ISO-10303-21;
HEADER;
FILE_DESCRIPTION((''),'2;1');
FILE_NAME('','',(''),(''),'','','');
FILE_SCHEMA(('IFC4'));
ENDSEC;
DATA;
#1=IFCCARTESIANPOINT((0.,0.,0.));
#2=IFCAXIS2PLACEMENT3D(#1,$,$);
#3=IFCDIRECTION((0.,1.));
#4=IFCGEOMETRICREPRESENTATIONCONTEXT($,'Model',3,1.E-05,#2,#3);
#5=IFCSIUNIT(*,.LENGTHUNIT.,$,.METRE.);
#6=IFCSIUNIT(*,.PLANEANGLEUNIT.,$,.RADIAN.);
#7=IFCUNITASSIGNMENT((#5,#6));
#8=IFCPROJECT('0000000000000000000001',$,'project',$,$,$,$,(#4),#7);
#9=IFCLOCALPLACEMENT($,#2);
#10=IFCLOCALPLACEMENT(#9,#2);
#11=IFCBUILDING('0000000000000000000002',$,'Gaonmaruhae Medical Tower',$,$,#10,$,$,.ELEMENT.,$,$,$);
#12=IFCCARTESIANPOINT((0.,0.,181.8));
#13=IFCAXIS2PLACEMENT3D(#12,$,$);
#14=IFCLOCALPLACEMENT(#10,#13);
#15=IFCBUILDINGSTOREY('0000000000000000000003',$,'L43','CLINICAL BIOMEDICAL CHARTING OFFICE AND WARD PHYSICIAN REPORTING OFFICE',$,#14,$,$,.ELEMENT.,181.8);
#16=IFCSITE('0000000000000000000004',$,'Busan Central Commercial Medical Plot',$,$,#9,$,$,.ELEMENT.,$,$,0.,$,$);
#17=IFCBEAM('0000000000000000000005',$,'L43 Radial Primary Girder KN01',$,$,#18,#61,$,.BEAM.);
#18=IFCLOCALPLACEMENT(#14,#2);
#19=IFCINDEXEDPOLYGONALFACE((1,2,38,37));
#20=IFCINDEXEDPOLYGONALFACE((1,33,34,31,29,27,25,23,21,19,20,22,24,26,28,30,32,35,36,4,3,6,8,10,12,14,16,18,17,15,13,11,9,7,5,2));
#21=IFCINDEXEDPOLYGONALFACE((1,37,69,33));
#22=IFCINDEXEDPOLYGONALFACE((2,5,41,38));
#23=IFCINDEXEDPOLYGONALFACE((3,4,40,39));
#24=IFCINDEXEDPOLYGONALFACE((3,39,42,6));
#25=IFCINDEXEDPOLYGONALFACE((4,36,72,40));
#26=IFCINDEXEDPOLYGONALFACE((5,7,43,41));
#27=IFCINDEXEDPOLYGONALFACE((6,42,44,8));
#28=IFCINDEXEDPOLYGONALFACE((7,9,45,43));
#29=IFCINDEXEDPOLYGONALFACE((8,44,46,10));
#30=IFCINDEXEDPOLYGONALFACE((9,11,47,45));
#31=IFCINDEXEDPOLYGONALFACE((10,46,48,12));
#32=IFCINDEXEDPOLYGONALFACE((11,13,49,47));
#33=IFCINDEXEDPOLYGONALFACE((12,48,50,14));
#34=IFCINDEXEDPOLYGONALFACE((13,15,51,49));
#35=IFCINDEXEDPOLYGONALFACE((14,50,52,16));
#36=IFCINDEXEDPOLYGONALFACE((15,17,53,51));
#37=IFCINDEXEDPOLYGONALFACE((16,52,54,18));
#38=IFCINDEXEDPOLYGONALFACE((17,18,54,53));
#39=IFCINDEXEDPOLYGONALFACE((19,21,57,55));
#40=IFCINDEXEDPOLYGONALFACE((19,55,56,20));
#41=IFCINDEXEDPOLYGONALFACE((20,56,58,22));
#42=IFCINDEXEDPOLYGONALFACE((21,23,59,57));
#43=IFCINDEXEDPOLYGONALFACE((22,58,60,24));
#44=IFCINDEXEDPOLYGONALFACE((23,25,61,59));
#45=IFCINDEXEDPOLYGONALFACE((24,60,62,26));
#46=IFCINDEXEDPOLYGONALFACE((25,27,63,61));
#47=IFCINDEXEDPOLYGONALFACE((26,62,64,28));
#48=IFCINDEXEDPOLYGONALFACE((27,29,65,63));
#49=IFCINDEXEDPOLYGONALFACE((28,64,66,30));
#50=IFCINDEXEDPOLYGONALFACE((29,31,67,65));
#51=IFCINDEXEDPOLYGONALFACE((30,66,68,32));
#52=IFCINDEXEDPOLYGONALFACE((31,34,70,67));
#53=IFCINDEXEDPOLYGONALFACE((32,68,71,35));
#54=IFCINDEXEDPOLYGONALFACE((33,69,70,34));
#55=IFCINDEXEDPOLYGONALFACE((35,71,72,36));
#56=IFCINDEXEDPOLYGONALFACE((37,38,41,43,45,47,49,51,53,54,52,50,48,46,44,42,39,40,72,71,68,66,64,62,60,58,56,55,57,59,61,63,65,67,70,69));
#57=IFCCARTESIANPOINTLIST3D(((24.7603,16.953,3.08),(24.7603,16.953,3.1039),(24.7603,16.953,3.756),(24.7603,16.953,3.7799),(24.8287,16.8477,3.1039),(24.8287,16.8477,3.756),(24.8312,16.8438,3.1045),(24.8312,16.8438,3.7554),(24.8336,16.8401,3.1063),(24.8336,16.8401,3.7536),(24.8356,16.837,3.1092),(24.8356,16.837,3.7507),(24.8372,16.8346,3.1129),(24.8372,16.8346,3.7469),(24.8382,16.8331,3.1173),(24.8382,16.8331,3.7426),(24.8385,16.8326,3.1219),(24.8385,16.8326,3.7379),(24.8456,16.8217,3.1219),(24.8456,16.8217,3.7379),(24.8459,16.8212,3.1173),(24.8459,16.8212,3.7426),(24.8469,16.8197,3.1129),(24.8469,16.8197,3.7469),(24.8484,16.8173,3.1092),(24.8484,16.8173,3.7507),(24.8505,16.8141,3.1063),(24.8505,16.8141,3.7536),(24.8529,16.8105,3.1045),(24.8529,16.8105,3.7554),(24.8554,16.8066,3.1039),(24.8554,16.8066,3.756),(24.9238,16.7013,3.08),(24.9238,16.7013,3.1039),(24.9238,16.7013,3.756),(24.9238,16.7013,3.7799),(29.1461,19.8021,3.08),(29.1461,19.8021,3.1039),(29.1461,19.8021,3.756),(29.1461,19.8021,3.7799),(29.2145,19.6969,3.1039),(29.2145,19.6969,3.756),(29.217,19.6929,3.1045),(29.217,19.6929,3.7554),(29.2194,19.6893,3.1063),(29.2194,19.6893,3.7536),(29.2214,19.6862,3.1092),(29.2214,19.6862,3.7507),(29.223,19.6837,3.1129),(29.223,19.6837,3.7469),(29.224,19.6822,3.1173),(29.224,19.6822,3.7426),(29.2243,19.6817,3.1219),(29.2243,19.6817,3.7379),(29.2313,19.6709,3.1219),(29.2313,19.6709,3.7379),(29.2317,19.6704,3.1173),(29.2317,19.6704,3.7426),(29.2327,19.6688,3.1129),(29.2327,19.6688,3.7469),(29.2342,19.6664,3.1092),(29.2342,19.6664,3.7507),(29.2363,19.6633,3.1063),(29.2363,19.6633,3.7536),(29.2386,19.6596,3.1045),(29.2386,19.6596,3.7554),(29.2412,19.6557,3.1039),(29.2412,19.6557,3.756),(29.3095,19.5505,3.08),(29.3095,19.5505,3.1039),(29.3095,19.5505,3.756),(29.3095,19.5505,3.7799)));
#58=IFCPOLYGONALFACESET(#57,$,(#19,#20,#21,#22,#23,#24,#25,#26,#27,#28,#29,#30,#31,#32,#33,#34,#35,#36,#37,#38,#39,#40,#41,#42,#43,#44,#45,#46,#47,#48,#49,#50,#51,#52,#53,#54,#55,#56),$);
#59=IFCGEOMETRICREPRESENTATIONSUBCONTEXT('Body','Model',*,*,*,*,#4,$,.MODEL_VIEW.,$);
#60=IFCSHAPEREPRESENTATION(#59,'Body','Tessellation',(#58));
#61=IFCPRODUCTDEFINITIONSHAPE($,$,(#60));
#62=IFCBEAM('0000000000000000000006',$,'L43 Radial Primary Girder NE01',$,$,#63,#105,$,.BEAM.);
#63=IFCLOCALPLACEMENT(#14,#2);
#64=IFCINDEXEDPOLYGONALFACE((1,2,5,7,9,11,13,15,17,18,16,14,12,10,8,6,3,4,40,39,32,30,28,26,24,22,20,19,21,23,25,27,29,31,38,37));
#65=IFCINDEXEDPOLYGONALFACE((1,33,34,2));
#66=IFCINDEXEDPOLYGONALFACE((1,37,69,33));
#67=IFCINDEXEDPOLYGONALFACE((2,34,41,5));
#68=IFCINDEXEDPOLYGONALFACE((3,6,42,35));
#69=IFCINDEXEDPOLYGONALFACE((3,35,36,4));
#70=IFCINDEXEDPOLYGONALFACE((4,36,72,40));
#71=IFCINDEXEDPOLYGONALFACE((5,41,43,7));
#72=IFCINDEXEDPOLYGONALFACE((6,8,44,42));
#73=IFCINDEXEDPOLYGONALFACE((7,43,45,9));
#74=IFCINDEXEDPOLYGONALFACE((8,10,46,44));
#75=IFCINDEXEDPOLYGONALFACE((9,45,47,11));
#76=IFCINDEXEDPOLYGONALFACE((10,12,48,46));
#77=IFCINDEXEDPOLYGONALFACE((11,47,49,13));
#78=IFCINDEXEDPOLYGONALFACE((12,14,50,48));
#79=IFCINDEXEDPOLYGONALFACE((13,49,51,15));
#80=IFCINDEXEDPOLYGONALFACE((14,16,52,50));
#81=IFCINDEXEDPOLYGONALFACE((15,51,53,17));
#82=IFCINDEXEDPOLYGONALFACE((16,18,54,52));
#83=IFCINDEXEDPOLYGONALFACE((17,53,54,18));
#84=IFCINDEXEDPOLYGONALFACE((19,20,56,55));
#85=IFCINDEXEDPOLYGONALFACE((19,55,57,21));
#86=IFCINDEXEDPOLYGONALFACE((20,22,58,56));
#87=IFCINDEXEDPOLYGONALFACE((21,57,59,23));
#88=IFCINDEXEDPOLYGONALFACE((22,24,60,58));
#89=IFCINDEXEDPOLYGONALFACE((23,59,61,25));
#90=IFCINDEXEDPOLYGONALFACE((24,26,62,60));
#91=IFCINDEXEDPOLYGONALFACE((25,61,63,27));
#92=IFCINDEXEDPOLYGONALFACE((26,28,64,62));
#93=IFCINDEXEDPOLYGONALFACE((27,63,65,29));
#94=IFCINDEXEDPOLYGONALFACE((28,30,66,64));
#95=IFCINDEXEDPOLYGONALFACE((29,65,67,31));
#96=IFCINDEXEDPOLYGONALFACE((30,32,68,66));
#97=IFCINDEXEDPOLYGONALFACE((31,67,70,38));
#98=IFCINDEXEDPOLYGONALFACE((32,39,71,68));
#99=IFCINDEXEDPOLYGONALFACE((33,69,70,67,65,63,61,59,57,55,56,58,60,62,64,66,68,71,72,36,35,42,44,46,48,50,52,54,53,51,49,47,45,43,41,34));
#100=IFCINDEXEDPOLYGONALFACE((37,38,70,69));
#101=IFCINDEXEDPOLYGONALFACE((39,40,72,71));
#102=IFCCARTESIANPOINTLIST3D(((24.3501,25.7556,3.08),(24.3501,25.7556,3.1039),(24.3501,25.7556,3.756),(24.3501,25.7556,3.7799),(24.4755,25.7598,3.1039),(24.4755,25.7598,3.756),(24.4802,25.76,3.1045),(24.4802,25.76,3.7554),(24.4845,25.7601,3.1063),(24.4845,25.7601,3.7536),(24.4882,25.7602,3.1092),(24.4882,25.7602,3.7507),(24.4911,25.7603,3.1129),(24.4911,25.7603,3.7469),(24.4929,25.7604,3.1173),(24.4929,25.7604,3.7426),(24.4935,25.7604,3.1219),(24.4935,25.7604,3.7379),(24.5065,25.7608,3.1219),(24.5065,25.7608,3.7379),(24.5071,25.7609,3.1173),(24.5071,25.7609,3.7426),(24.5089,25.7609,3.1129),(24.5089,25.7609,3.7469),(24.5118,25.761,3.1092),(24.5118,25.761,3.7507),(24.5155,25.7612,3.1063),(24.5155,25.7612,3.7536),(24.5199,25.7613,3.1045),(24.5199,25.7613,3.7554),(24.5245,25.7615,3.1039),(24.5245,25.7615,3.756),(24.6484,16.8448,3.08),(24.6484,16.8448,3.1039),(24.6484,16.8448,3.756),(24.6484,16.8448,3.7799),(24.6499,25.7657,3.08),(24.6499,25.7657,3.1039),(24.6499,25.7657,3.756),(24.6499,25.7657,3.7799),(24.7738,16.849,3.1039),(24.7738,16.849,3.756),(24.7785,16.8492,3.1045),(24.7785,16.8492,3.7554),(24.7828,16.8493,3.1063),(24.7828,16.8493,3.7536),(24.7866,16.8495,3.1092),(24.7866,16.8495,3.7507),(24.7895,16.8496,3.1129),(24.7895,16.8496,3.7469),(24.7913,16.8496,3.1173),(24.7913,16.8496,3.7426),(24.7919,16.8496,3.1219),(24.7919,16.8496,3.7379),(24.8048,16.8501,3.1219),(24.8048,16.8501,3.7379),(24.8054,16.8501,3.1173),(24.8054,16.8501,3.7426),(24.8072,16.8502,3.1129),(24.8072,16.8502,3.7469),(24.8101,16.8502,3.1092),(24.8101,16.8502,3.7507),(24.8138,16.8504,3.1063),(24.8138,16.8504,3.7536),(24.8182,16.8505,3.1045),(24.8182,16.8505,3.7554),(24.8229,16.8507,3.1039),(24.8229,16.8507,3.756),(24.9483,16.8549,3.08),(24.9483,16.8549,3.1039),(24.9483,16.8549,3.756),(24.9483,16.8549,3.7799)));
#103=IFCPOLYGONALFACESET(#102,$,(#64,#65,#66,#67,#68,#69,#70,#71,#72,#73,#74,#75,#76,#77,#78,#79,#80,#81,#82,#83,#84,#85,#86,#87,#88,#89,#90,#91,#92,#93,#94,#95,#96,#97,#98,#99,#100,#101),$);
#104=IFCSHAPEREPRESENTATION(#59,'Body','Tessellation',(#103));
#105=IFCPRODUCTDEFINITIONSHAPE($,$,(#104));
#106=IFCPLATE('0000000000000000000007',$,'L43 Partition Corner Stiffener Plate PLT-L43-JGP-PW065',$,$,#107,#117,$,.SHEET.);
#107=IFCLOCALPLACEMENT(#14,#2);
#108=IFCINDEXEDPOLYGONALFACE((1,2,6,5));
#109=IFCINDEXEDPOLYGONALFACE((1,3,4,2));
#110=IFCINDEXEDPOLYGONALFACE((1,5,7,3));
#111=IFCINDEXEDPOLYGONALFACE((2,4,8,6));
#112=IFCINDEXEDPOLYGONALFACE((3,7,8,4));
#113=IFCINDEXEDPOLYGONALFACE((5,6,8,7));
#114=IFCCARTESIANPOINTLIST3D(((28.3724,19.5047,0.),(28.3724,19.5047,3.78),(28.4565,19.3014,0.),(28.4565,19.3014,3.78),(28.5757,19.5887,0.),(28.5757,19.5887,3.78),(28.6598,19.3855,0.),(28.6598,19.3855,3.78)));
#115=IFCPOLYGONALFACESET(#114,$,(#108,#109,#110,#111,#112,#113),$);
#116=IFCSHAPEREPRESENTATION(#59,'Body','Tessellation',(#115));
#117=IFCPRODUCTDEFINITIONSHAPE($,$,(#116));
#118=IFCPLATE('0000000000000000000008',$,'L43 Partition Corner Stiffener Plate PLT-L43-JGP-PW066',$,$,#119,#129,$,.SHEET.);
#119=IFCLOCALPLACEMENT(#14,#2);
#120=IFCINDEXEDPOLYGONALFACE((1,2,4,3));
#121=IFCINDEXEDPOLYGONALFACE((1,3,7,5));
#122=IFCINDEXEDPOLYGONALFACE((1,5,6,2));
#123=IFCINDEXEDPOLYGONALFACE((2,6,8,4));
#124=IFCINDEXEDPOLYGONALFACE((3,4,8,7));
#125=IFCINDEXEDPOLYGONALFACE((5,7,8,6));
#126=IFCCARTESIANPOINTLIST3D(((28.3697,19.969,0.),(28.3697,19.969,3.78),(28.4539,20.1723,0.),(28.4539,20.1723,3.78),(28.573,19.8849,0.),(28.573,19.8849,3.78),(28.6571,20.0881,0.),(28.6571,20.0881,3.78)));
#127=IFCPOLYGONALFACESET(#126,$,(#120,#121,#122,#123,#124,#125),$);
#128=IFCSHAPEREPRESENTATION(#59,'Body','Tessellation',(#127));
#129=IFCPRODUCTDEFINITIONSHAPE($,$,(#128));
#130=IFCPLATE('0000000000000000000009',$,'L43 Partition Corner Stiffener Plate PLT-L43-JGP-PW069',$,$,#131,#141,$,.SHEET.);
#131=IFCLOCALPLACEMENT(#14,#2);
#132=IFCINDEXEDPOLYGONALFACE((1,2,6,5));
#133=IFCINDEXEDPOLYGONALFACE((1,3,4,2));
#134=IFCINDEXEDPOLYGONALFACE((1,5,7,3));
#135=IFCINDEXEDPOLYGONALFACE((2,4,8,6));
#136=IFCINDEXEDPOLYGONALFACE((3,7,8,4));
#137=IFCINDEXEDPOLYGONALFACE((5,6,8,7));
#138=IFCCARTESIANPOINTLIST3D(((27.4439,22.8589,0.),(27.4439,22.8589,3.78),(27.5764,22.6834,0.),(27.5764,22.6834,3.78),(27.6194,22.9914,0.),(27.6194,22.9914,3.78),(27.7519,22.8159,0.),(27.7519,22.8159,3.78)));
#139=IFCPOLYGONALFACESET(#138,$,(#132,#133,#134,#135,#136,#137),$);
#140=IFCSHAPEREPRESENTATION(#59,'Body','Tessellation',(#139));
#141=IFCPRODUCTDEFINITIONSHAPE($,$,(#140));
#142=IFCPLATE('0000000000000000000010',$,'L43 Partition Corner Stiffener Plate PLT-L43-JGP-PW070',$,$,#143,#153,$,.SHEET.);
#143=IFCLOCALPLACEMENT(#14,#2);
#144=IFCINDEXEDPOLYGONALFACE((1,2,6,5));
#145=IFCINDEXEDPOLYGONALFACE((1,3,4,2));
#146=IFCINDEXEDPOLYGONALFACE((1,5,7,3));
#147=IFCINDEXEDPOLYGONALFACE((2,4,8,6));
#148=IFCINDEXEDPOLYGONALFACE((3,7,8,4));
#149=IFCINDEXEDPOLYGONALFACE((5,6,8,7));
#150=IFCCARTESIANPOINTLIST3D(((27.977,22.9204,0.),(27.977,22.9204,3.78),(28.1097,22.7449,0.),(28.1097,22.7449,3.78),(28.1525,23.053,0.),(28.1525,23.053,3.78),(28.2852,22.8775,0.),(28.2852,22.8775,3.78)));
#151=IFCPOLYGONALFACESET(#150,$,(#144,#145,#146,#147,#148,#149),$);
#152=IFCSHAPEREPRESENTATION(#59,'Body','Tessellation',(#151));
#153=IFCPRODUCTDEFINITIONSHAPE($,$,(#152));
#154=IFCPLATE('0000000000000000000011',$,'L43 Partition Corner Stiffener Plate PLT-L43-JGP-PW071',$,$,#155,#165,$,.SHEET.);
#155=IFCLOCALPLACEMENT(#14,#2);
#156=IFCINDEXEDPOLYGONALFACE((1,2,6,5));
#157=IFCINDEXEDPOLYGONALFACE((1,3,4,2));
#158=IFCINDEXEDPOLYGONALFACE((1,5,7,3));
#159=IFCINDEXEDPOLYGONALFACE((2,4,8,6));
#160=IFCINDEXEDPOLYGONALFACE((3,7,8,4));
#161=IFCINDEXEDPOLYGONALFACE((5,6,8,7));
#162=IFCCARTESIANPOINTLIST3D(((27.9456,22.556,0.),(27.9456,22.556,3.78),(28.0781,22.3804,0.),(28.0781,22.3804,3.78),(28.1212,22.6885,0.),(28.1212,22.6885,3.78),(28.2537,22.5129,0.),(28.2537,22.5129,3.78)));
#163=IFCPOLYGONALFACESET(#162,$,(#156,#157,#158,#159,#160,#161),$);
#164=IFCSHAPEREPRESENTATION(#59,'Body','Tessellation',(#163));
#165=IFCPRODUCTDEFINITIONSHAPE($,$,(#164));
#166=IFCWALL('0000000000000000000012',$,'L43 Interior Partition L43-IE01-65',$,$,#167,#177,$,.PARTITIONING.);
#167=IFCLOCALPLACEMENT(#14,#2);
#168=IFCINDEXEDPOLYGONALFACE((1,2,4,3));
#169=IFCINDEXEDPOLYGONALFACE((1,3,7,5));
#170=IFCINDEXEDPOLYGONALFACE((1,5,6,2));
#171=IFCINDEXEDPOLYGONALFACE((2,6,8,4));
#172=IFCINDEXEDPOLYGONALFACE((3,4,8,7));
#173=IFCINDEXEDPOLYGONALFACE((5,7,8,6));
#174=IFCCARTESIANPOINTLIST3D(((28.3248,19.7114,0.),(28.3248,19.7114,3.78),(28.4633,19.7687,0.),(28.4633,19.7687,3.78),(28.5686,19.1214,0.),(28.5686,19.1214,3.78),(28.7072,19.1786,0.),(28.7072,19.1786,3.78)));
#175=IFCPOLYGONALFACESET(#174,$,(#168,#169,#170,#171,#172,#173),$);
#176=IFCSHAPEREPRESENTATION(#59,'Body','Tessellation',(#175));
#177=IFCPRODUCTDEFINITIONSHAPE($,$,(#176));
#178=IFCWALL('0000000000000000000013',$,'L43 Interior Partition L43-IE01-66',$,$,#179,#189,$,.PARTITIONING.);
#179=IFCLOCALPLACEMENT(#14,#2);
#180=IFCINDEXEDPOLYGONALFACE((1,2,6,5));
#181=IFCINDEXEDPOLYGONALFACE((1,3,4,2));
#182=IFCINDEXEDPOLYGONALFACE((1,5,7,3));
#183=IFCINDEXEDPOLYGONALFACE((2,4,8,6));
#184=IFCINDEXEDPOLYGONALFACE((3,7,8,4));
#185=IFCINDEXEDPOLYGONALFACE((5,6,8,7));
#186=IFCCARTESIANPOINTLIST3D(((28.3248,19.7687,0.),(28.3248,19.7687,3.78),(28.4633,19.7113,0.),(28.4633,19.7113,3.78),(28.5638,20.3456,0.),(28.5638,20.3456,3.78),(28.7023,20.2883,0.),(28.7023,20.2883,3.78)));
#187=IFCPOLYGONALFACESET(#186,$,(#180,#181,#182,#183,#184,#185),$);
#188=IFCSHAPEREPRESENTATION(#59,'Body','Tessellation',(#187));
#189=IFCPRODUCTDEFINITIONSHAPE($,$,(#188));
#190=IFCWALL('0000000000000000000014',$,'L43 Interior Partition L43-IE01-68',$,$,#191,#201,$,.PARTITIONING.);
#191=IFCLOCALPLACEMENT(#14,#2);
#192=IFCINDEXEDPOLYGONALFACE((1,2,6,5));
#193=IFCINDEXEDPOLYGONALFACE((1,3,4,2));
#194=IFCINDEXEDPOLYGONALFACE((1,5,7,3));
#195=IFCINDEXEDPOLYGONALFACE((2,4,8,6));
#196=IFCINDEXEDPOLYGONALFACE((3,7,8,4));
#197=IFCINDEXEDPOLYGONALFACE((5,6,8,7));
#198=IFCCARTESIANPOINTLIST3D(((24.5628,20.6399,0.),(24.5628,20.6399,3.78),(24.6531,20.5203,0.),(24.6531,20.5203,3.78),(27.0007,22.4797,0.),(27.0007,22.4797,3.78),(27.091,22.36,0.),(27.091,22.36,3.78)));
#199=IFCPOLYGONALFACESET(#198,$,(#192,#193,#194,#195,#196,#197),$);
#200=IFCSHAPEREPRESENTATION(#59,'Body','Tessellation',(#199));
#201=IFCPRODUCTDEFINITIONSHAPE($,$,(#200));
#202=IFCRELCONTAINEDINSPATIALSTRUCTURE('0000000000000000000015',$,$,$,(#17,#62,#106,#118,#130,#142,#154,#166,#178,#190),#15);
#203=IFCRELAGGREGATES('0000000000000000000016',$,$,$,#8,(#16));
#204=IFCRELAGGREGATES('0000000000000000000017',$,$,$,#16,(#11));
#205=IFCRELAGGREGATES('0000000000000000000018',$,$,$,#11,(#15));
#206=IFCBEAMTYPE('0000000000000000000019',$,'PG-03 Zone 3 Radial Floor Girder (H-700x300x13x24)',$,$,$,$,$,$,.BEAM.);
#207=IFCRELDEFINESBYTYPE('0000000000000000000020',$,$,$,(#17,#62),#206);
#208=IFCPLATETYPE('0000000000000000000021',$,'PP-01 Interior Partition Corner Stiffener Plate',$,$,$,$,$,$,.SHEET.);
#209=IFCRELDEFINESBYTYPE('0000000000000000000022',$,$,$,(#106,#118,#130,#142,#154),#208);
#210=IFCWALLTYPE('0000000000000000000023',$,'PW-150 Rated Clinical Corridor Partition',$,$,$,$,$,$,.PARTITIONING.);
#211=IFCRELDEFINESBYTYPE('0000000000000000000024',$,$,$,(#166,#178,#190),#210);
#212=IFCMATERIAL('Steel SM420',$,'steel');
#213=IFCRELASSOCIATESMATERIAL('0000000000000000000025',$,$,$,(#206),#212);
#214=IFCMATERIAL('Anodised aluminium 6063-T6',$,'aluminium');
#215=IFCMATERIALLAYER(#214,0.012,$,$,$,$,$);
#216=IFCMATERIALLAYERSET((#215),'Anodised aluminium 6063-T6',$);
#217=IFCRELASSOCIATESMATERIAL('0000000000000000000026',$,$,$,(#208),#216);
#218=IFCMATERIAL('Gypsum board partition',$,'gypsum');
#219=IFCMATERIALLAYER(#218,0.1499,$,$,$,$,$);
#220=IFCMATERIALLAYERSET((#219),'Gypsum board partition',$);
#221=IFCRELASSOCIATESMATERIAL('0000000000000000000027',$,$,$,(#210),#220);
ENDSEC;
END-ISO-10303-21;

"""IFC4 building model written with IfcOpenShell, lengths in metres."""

from ifc_helpers import new_model, si_unit, direction, frame, frame_2d, origin, origin_2d, place, context, subcontext, project, spatial, rectangle, i_section, extrude, material, layer, layer_set, material_profile, profile_set, type_object, element, save


model = new_model("IFC4")

# Units and contexts
model_context = context("Model", 3, precision=1e-05, world=origin(), true_north=direction((0.0, 1.0)))
body_context = subcontext(model_context, "Body", "Model", "MODEL_VIEW")
ifc_project = project(units=[si_unit("LENGTHUNIT", "METRE"), si_unit("PLANEANGLEUNIT", "RADIAN")], contexts=[model_context])

# Site, building, storey
site_placement = place(None, origin())
site = spatial("IfcSite", under=ifc_project, at=site_placement, Name="Busan Central Commercial Medical Plot", CompositionType="ELEMENT", RefElevation=0.0)
building_placement = place(site_placement, origin())
building = spatial("IfcBuilding", under=site, at=building_placement, Name="Gaonmaruhae Medical Tower", CompositionType="ELEMENT")
storey_placement = place(building_placement, frame((0.0, 0.0, 181.8)))
storey = spatial("IfcBuildingStorey", under=building, at=storey_placement, Name="L43", Description="CLINICAL BIOMEDICAL CHARTING OFFICE AND WARD PHYSICIAN REPORTING OFFICE", CompositionType="ELEMENT", Elevation=181.8)

# Beams
ifc_material_1 = material(Name="Steel SM420", Category="steel")
ifc_material_profile_1 = material_profile(ifc_material_1, i_section(OverallWidth=0.3, OverallDepth=0.7, WebThickness=0.0129, FlangeThickness=0.0239, FilletRadius=0.0181, at=origin_2d()), Name="H-700x300x13x24")
ifc_profile_set_1 = profile_set([ifc_material_profile_1], Name="Steel SM420")
beam_type_1 = type_object("IfcBeamType", Name="PG-03 Zone 3 Radial Floor Girder (H-700x300x13x24)", PredefinedType="BEAM", material=ifc_profile_set_1)
beam_1_placement = place(storey_placement, frame((24.842, 16.8271, 3.4299), z_axis=(0.838584, 0.544772, 0.0), x_axis=(-0.544772, 0.838584, 0.0)))
element("IfcBeam", 1, at=beam_1_placement, inside=storey, type_object=beam_type_1, Name="L43 Radial Primary Girder KN01", PredefinedType="BEAM", context=body_context, shape_type="SweptSolid", body=[
    extrude(i_section(OverallWidth=0.3, OverallDepth=0.7, WebThickness=0.0129, FlangeThickness=0.0239, FilletRadius=0.0181, at=origin_2d()), origin(), (0.0, 0.0, 1.0), 5.23),
])
beam_2_placement = place(storey_placement, frame((24.7983, 16.8499, 3.4299), z_axis=(-0.033462, 0.99944, 0.0), x_axis=(-0.99944, -0.033462, 0.0)))
element("IfcBeam", 2, at=beam_2_placement, inside=storey, type_object=beam_type_1, Name="L43 Radial Primary Girder NE01", PredefinedType="BEAM", context=body_context, shape_type="SweptSolid", body=[
    extrude(i_section(OverallWidth=0.3, OverallDepth=0.7, WebThickness=0.0129, FlangeThickness=0.0239, FilletRadius=0.0181, at=origin_2d()), origin(), (0.0, 0.0, 1.0), 8.9158),
])

# Plates
ifc_material_2 = material(Name="Anodised aluminium 6063-T6", Category="aluminium")
ifc_layer_1 = layer(ifc_material_2, 0.012)
ifc_layer_set_1 = layer_set([ifc_layer_1], Name="Anodised aluminium 6063-T6")
plate_type = type_object("IfcPlateType", Name="PP-01 Interior Partition Corner Stiffener Plate", PredefinedType="SHEET", material=ifc_layer_set_1)
for number, where, z_axis, x_axis, name in (
    (3, (28.5161, 19.4451, 0.0), (0.0, 0.0, 1.0), (-0.382167, 0.924093, 0.0), "L43 Partition Corner Stiffener Plate PLT-L43-JGP-PW065"),
    (4, (28.5134, 20.0286, 0.0), (0.0, 0.0, 1.0), (0.382683, 0.92388, 0.0), "L43 Partition Corner Stiffener Plate PLT-L43-JGP-PW066"),
    (5, (27.5979, 22.8374, 0.0), (0.0, 0.0, 1.0), (0.798184, 0.602414, 0.0), "L43 Partition Corner Stiffener Plate PLT-L43-JGP-PW069"),
    (6, (28.1311, 22.8989, 0.0), (0.0, 0.0, 1.0), (0.602943, -0.797784, 0.0), "L43 Partition Corner Stiffener Plate PLT-L43-JGP-PW070"),
    (7, (28.0996, 22.5344, 0.0), (0.0, 0.0, 1.0), (-0.798278, -0.602289, 0.0), "L43 Partition Corner Stiffener Plate PLT-L43-JGP-PW071"),
):
    element("IfcPlate", number, at=place(storey_placement, frame(where, z_axis=z_axis, x_axis=x_axis)), inside=storey, type_object=plate_type, Name=name, PredefinedType="SHEET", context=body_context, shape_type="SweptSolid", body=[
        extrude(rectangle(XDim=0.22, YDim=0.22, at=origin_2d()), origin(), (0.0, 0.0, 1.0), 3.78),
    ])

# Shared definitions
ifc_material_3 = material(Name="Gypsum board partition", Category="gypsum")
ifc_layer_2 = layer(ifc_material_3, 0.1499)
ifc_layer_set_2 = layer_set([ifc_layer_2], Name="Gypsum board partition")
wall_type = type_object("IfcWallType", Name="PW-150 Rated Clinical Corridor Partition", PredefinedType="PARTITIONING", material=ifc_layer_set_2)

# Walls
wall_1_placement = place(storey_placement, frame((28.6379, 19.1499, 0.0), z_axis=(0.0, 0.0, 1.0), x_axis=(-0.38198, 0.92417, 0.0)))
element("IfcWall", 8, at=wall_1_placement, inside=storey, type_object=wall_type, Name="L43 Interior Partition L43-IE01-65", PredefinedType="PARTITIONING", context=body_context, shape_type="SweptSolid", body=[
    extrude(rectangle(XDim=0.6384, YDim=0.1499, at=frame_2d((0.3193, 0.0))), origin(), (0.0, 0.0, 1.0), 3.78),
])
wall_2_placement = place(storey_placement, frame((28.394, 19.74, 0.0), z_axis=(0.0, 0.0, 1.0), x_axis=(0.382755, 0.92385, 0.0)))
element("IfcWall", 9, at=wall_2_placement, inside=storey, type_object=wall_type, Name="L43 Interior Partition L43-IE01-66", PredefinedType="PARTITIONING", context=body_context, shape_type="SweptSolid", body=[
    extrude(rectangle(XDim=0.6245, YDim=0.1499, at=frame_2d((0.3123, 0.0))), origin(), (0.0, 0.0, 1.0), 3.78),
])

# Wall
wall_3_placement = place(storey_placement, frame((24.6079, 20.5801, 0.0), z_axis=(0.0, 0.0, 1.0), x_axis=(0.798212, 0.602376, 0.0)))
element("IfcWall", 10, at=wall_3_placement, inside=storey, type_object=wall_type, Name="L43 Interior Partition L43-IE01-68", PredefinedType="PARTITIONING", context=body_context, shape_type="SweptSolid", body=[
    extrude(rectangle(XDim=3.0542, YDim=0.1499, at=frame_2d((1.5271, 0.0))), origin(), (0.0, 0.0, 1.0), 3.78),
])

save(model, "model.ifc")
